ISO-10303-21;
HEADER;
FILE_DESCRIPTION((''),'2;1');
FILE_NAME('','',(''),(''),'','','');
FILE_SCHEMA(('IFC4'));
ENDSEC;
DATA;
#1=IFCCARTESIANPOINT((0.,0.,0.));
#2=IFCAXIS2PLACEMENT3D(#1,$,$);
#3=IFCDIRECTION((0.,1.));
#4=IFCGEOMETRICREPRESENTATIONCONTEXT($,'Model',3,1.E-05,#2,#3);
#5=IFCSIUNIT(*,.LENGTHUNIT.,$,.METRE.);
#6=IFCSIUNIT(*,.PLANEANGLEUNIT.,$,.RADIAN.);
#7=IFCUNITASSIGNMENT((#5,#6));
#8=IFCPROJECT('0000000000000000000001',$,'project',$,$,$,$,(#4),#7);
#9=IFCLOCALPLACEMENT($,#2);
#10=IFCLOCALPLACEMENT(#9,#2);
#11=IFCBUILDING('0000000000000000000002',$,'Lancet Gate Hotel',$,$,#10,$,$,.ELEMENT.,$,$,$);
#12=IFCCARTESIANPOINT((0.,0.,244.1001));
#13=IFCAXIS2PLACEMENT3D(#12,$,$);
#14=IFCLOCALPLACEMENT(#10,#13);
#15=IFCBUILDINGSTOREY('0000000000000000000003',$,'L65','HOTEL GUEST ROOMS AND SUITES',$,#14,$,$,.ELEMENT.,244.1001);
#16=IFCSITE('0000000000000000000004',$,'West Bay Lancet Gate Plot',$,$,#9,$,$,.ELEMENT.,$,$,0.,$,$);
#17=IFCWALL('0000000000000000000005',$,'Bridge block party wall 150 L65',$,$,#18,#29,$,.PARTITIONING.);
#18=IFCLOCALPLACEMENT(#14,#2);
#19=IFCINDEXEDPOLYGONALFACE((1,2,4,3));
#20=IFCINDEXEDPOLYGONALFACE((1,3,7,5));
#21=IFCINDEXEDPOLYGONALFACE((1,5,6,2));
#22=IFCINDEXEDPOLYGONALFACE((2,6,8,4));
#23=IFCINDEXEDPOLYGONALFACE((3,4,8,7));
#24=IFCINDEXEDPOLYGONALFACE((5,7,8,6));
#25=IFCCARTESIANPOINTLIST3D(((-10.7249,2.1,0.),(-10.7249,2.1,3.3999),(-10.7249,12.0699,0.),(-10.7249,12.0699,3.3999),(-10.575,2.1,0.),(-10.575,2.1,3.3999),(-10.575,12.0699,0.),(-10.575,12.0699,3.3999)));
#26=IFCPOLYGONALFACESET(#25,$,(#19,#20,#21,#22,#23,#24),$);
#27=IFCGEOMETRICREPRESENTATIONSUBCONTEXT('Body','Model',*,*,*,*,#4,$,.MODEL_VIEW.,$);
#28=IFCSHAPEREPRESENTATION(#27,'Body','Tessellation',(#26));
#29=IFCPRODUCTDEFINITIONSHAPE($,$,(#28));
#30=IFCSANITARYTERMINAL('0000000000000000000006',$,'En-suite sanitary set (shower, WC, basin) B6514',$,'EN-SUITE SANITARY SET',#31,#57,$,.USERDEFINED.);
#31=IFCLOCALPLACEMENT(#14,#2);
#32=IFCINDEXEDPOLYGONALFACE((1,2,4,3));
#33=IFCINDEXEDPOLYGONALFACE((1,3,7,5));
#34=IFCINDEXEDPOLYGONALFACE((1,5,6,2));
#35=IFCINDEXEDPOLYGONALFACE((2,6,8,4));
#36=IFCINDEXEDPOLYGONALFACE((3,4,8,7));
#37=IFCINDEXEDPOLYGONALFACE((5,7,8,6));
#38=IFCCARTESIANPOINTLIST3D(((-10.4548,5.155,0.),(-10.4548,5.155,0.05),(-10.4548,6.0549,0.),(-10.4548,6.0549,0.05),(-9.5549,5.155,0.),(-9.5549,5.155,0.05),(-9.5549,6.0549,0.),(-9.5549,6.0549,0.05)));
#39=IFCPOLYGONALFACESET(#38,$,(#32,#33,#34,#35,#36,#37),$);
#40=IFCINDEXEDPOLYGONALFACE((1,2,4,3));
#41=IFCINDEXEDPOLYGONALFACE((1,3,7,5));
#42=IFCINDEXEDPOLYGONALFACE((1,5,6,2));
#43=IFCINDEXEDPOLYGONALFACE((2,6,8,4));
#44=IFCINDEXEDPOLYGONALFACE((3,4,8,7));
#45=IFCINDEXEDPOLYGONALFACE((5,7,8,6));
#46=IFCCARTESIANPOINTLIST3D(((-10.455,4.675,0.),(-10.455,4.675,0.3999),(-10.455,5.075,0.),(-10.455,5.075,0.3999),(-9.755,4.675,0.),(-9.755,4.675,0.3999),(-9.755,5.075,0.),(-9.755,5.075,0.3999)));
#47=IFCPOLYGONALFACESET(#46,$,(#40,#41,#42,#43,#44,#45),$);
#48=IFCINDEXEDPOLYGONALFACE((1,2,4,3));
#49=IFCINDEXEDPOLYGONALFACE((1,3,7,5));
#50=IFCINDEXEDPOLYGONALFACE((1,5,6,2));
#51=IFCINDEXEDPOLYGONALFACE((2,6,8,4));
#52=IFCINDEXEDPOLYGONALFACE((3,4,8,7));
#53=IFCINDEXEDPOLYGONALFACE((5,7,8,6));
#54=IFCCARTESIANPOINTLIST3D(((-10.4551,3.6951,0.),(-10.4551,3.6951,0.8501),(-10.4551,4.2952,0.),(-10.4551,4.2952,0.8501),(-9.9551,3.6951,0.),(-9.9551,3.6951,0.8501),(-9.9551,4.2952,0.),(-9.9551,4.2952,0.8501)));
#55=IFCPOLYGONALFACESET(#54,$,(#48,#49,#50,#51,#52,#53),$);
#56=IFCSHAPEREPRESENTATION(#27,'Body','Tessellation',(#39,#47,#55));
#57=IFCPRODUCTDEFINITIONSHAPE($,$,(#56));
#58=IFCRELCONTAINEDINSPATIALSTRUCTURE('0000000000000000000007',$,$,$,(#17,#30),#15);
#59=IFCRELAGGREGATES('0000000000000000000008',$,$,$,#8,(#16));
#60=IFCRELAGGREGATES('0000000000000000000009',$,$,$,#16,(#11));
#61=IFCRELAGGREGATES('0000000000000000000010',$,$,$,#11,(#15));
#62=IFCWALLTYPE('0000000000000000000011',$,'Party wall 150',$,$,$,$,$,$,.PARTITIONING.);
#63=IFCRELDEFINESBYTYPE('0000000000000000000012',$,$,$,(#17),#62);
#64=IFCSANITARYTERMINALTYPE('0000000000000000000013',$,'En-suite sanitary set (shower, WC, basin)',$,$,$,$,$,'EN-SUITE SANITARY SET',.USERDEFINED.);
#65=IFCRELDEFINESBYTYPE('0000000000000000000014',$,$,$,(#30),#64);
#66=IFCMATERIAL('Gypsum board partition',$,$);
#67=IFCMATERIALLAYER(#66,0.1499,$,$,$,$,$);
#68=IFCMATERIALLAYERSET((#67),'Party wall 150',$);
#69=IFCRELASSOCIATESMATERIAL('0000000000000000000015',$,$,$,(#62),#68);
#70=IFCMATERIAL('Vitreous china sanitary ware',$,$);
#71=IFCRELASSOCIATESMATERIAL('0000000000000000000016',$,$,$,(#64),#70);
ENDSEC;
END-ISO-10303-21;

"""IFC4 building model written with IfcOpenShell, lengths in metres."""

from ifc_helpers import new_model, si_unit, direction, frame, frame_2d, origin, origin_2d, place, context, subcontext, project, spatial, rectangle, extrude, material, layer, layer_set, type_object, element, save


model = new_model("IFC4")

# Units and contexts
model_context = context("Model", 3, precision=1e-05, world=origin(), true_north=direction((0.0, 1.0)))
body_context = subcontext(model_context, "Body", "Model", "MODEL_VIEW")
ifc_project = project(units=[si_unit("LENGTHUNIT", "METRE"), si_unit("PLANEANGLEUNIT", "RADIAN")], contexts=[model_context])

# Site, building, storey
site_placement = place(None, origin())
site = spatial("IfcSite", under=ifc_project, at=site_placement, Name="West Bay Lancet Gate Plot", CompositionType="ELEMENT", RefElevation=0.0)
building_placement = place(site_placement, origin())
building = spatial("IfcBuilding", under=site, at=building_placement, Name="Lancet Gate Hotel", CompositionType="ELEMENT")
storey_placement = place(building_placement, frame((0.0, 0.0, 244.1001)))
storey = spatial("IfcBuildingStorey", under=building, at=storey_placement, Name="L65", Description="HOTEL GUEST ROOMS AND SUITES", CompositionType="ELEMENT", Elevation=244.1001)

# Wall
ifc_material_1 = material(Name="Gypsum board partition")
ifc_layer_1 = layer(ifc_material_1, 0.1499)
ifc_layer_set_1 = layer_set([ifc_layer_1], Name="Party wall 150")
wall_type_1 = type_object("IfcWallType", Name="Party wall 150", PredefinedType="PARTITIONING", material=ifc_layer_set_1)
wall_1_placement = place(storey_placement, frame((-10.6499, 2.1001, 0.0), z_axis=(0.0, 0.0, 1.0), x_axis=(0.0, 1.0, 0.0)))
element("IfcWall", 1, at=wall_1_placement, inside=storey, type_object=wall_type_1, Name="Bridge block party wall 150 L65", PredefinedType="PARTITIONING", context=body_context, shape_type="SweptSolid", body=[
    extrude(rectangle(XDim=9.97, YDim=0.1499, at=frame_2d((4.9849, 0.0))), origin(), (0.0, 0.0, 1.0), 3.3999),
])

# Sanitary terminal
ifc_material_2 = material(Name="Vitreous china sanitary ware")
sanitary_terminal_type = type_object("IfcSanitaryTerminalType", Name="En-suite sanitary set (shower, WC, basin)", ElementType="EN-SUITE SANITARY SET", PredefinedType="USERDEFINED", material=ifc_material_2)
sanitary_terminal_placement = place(storey_placement, frame((-10.0049, 5.605, 0.0), z_axis=(0.0, 0.0, 1.0), x_axis=(1.0, 0.0, 0.0)))
element("IfcSanitaryTerminal", 2, at=sanitary_terminal_placement, inside=storey, type_object=sanitary_terminal_type, Name="En-suite sanitary set (shower, WC, basin) B6514", ObjectType="EN-SUITE SANITARY SET", PredefinedType="USERDEFINED", context=body_context, shape_type="SweptSolid", body=[
    extrude(rectangle(XDim=0.8999, YDim=0.8999, at=origin_2d()), frame((0.0, 0.0, 0.0), z_axis=(0.0, 0.0, 1.0), x_axis=(0.0, 1.0, 0.0)), (0.0, 0.0, 1.0), 0.05),
    extrude(rectangle(XDim=0.3999, YDim=0.7, at=origin_2d()), frame((-0.1001, -0.73, 0.0), z_axis=(0.0, 0.0, 1.0), x_axis=(0.0, 1.0, 0.0)), (0.0, 0.0, 1.0), 0.3999),
    extrude(rectangle(XDim=0.6001, YDim=0.5, at=origin_2d()), frame((-0.2002, -1.6099, 0.0), z_axis=(0.0, 0.0, 1.0), x_axis=(0.0, 1.0, 0.0)), (0.0, 0.0, 1.0), 0.8501),
])

save(model, "model.ifc")
